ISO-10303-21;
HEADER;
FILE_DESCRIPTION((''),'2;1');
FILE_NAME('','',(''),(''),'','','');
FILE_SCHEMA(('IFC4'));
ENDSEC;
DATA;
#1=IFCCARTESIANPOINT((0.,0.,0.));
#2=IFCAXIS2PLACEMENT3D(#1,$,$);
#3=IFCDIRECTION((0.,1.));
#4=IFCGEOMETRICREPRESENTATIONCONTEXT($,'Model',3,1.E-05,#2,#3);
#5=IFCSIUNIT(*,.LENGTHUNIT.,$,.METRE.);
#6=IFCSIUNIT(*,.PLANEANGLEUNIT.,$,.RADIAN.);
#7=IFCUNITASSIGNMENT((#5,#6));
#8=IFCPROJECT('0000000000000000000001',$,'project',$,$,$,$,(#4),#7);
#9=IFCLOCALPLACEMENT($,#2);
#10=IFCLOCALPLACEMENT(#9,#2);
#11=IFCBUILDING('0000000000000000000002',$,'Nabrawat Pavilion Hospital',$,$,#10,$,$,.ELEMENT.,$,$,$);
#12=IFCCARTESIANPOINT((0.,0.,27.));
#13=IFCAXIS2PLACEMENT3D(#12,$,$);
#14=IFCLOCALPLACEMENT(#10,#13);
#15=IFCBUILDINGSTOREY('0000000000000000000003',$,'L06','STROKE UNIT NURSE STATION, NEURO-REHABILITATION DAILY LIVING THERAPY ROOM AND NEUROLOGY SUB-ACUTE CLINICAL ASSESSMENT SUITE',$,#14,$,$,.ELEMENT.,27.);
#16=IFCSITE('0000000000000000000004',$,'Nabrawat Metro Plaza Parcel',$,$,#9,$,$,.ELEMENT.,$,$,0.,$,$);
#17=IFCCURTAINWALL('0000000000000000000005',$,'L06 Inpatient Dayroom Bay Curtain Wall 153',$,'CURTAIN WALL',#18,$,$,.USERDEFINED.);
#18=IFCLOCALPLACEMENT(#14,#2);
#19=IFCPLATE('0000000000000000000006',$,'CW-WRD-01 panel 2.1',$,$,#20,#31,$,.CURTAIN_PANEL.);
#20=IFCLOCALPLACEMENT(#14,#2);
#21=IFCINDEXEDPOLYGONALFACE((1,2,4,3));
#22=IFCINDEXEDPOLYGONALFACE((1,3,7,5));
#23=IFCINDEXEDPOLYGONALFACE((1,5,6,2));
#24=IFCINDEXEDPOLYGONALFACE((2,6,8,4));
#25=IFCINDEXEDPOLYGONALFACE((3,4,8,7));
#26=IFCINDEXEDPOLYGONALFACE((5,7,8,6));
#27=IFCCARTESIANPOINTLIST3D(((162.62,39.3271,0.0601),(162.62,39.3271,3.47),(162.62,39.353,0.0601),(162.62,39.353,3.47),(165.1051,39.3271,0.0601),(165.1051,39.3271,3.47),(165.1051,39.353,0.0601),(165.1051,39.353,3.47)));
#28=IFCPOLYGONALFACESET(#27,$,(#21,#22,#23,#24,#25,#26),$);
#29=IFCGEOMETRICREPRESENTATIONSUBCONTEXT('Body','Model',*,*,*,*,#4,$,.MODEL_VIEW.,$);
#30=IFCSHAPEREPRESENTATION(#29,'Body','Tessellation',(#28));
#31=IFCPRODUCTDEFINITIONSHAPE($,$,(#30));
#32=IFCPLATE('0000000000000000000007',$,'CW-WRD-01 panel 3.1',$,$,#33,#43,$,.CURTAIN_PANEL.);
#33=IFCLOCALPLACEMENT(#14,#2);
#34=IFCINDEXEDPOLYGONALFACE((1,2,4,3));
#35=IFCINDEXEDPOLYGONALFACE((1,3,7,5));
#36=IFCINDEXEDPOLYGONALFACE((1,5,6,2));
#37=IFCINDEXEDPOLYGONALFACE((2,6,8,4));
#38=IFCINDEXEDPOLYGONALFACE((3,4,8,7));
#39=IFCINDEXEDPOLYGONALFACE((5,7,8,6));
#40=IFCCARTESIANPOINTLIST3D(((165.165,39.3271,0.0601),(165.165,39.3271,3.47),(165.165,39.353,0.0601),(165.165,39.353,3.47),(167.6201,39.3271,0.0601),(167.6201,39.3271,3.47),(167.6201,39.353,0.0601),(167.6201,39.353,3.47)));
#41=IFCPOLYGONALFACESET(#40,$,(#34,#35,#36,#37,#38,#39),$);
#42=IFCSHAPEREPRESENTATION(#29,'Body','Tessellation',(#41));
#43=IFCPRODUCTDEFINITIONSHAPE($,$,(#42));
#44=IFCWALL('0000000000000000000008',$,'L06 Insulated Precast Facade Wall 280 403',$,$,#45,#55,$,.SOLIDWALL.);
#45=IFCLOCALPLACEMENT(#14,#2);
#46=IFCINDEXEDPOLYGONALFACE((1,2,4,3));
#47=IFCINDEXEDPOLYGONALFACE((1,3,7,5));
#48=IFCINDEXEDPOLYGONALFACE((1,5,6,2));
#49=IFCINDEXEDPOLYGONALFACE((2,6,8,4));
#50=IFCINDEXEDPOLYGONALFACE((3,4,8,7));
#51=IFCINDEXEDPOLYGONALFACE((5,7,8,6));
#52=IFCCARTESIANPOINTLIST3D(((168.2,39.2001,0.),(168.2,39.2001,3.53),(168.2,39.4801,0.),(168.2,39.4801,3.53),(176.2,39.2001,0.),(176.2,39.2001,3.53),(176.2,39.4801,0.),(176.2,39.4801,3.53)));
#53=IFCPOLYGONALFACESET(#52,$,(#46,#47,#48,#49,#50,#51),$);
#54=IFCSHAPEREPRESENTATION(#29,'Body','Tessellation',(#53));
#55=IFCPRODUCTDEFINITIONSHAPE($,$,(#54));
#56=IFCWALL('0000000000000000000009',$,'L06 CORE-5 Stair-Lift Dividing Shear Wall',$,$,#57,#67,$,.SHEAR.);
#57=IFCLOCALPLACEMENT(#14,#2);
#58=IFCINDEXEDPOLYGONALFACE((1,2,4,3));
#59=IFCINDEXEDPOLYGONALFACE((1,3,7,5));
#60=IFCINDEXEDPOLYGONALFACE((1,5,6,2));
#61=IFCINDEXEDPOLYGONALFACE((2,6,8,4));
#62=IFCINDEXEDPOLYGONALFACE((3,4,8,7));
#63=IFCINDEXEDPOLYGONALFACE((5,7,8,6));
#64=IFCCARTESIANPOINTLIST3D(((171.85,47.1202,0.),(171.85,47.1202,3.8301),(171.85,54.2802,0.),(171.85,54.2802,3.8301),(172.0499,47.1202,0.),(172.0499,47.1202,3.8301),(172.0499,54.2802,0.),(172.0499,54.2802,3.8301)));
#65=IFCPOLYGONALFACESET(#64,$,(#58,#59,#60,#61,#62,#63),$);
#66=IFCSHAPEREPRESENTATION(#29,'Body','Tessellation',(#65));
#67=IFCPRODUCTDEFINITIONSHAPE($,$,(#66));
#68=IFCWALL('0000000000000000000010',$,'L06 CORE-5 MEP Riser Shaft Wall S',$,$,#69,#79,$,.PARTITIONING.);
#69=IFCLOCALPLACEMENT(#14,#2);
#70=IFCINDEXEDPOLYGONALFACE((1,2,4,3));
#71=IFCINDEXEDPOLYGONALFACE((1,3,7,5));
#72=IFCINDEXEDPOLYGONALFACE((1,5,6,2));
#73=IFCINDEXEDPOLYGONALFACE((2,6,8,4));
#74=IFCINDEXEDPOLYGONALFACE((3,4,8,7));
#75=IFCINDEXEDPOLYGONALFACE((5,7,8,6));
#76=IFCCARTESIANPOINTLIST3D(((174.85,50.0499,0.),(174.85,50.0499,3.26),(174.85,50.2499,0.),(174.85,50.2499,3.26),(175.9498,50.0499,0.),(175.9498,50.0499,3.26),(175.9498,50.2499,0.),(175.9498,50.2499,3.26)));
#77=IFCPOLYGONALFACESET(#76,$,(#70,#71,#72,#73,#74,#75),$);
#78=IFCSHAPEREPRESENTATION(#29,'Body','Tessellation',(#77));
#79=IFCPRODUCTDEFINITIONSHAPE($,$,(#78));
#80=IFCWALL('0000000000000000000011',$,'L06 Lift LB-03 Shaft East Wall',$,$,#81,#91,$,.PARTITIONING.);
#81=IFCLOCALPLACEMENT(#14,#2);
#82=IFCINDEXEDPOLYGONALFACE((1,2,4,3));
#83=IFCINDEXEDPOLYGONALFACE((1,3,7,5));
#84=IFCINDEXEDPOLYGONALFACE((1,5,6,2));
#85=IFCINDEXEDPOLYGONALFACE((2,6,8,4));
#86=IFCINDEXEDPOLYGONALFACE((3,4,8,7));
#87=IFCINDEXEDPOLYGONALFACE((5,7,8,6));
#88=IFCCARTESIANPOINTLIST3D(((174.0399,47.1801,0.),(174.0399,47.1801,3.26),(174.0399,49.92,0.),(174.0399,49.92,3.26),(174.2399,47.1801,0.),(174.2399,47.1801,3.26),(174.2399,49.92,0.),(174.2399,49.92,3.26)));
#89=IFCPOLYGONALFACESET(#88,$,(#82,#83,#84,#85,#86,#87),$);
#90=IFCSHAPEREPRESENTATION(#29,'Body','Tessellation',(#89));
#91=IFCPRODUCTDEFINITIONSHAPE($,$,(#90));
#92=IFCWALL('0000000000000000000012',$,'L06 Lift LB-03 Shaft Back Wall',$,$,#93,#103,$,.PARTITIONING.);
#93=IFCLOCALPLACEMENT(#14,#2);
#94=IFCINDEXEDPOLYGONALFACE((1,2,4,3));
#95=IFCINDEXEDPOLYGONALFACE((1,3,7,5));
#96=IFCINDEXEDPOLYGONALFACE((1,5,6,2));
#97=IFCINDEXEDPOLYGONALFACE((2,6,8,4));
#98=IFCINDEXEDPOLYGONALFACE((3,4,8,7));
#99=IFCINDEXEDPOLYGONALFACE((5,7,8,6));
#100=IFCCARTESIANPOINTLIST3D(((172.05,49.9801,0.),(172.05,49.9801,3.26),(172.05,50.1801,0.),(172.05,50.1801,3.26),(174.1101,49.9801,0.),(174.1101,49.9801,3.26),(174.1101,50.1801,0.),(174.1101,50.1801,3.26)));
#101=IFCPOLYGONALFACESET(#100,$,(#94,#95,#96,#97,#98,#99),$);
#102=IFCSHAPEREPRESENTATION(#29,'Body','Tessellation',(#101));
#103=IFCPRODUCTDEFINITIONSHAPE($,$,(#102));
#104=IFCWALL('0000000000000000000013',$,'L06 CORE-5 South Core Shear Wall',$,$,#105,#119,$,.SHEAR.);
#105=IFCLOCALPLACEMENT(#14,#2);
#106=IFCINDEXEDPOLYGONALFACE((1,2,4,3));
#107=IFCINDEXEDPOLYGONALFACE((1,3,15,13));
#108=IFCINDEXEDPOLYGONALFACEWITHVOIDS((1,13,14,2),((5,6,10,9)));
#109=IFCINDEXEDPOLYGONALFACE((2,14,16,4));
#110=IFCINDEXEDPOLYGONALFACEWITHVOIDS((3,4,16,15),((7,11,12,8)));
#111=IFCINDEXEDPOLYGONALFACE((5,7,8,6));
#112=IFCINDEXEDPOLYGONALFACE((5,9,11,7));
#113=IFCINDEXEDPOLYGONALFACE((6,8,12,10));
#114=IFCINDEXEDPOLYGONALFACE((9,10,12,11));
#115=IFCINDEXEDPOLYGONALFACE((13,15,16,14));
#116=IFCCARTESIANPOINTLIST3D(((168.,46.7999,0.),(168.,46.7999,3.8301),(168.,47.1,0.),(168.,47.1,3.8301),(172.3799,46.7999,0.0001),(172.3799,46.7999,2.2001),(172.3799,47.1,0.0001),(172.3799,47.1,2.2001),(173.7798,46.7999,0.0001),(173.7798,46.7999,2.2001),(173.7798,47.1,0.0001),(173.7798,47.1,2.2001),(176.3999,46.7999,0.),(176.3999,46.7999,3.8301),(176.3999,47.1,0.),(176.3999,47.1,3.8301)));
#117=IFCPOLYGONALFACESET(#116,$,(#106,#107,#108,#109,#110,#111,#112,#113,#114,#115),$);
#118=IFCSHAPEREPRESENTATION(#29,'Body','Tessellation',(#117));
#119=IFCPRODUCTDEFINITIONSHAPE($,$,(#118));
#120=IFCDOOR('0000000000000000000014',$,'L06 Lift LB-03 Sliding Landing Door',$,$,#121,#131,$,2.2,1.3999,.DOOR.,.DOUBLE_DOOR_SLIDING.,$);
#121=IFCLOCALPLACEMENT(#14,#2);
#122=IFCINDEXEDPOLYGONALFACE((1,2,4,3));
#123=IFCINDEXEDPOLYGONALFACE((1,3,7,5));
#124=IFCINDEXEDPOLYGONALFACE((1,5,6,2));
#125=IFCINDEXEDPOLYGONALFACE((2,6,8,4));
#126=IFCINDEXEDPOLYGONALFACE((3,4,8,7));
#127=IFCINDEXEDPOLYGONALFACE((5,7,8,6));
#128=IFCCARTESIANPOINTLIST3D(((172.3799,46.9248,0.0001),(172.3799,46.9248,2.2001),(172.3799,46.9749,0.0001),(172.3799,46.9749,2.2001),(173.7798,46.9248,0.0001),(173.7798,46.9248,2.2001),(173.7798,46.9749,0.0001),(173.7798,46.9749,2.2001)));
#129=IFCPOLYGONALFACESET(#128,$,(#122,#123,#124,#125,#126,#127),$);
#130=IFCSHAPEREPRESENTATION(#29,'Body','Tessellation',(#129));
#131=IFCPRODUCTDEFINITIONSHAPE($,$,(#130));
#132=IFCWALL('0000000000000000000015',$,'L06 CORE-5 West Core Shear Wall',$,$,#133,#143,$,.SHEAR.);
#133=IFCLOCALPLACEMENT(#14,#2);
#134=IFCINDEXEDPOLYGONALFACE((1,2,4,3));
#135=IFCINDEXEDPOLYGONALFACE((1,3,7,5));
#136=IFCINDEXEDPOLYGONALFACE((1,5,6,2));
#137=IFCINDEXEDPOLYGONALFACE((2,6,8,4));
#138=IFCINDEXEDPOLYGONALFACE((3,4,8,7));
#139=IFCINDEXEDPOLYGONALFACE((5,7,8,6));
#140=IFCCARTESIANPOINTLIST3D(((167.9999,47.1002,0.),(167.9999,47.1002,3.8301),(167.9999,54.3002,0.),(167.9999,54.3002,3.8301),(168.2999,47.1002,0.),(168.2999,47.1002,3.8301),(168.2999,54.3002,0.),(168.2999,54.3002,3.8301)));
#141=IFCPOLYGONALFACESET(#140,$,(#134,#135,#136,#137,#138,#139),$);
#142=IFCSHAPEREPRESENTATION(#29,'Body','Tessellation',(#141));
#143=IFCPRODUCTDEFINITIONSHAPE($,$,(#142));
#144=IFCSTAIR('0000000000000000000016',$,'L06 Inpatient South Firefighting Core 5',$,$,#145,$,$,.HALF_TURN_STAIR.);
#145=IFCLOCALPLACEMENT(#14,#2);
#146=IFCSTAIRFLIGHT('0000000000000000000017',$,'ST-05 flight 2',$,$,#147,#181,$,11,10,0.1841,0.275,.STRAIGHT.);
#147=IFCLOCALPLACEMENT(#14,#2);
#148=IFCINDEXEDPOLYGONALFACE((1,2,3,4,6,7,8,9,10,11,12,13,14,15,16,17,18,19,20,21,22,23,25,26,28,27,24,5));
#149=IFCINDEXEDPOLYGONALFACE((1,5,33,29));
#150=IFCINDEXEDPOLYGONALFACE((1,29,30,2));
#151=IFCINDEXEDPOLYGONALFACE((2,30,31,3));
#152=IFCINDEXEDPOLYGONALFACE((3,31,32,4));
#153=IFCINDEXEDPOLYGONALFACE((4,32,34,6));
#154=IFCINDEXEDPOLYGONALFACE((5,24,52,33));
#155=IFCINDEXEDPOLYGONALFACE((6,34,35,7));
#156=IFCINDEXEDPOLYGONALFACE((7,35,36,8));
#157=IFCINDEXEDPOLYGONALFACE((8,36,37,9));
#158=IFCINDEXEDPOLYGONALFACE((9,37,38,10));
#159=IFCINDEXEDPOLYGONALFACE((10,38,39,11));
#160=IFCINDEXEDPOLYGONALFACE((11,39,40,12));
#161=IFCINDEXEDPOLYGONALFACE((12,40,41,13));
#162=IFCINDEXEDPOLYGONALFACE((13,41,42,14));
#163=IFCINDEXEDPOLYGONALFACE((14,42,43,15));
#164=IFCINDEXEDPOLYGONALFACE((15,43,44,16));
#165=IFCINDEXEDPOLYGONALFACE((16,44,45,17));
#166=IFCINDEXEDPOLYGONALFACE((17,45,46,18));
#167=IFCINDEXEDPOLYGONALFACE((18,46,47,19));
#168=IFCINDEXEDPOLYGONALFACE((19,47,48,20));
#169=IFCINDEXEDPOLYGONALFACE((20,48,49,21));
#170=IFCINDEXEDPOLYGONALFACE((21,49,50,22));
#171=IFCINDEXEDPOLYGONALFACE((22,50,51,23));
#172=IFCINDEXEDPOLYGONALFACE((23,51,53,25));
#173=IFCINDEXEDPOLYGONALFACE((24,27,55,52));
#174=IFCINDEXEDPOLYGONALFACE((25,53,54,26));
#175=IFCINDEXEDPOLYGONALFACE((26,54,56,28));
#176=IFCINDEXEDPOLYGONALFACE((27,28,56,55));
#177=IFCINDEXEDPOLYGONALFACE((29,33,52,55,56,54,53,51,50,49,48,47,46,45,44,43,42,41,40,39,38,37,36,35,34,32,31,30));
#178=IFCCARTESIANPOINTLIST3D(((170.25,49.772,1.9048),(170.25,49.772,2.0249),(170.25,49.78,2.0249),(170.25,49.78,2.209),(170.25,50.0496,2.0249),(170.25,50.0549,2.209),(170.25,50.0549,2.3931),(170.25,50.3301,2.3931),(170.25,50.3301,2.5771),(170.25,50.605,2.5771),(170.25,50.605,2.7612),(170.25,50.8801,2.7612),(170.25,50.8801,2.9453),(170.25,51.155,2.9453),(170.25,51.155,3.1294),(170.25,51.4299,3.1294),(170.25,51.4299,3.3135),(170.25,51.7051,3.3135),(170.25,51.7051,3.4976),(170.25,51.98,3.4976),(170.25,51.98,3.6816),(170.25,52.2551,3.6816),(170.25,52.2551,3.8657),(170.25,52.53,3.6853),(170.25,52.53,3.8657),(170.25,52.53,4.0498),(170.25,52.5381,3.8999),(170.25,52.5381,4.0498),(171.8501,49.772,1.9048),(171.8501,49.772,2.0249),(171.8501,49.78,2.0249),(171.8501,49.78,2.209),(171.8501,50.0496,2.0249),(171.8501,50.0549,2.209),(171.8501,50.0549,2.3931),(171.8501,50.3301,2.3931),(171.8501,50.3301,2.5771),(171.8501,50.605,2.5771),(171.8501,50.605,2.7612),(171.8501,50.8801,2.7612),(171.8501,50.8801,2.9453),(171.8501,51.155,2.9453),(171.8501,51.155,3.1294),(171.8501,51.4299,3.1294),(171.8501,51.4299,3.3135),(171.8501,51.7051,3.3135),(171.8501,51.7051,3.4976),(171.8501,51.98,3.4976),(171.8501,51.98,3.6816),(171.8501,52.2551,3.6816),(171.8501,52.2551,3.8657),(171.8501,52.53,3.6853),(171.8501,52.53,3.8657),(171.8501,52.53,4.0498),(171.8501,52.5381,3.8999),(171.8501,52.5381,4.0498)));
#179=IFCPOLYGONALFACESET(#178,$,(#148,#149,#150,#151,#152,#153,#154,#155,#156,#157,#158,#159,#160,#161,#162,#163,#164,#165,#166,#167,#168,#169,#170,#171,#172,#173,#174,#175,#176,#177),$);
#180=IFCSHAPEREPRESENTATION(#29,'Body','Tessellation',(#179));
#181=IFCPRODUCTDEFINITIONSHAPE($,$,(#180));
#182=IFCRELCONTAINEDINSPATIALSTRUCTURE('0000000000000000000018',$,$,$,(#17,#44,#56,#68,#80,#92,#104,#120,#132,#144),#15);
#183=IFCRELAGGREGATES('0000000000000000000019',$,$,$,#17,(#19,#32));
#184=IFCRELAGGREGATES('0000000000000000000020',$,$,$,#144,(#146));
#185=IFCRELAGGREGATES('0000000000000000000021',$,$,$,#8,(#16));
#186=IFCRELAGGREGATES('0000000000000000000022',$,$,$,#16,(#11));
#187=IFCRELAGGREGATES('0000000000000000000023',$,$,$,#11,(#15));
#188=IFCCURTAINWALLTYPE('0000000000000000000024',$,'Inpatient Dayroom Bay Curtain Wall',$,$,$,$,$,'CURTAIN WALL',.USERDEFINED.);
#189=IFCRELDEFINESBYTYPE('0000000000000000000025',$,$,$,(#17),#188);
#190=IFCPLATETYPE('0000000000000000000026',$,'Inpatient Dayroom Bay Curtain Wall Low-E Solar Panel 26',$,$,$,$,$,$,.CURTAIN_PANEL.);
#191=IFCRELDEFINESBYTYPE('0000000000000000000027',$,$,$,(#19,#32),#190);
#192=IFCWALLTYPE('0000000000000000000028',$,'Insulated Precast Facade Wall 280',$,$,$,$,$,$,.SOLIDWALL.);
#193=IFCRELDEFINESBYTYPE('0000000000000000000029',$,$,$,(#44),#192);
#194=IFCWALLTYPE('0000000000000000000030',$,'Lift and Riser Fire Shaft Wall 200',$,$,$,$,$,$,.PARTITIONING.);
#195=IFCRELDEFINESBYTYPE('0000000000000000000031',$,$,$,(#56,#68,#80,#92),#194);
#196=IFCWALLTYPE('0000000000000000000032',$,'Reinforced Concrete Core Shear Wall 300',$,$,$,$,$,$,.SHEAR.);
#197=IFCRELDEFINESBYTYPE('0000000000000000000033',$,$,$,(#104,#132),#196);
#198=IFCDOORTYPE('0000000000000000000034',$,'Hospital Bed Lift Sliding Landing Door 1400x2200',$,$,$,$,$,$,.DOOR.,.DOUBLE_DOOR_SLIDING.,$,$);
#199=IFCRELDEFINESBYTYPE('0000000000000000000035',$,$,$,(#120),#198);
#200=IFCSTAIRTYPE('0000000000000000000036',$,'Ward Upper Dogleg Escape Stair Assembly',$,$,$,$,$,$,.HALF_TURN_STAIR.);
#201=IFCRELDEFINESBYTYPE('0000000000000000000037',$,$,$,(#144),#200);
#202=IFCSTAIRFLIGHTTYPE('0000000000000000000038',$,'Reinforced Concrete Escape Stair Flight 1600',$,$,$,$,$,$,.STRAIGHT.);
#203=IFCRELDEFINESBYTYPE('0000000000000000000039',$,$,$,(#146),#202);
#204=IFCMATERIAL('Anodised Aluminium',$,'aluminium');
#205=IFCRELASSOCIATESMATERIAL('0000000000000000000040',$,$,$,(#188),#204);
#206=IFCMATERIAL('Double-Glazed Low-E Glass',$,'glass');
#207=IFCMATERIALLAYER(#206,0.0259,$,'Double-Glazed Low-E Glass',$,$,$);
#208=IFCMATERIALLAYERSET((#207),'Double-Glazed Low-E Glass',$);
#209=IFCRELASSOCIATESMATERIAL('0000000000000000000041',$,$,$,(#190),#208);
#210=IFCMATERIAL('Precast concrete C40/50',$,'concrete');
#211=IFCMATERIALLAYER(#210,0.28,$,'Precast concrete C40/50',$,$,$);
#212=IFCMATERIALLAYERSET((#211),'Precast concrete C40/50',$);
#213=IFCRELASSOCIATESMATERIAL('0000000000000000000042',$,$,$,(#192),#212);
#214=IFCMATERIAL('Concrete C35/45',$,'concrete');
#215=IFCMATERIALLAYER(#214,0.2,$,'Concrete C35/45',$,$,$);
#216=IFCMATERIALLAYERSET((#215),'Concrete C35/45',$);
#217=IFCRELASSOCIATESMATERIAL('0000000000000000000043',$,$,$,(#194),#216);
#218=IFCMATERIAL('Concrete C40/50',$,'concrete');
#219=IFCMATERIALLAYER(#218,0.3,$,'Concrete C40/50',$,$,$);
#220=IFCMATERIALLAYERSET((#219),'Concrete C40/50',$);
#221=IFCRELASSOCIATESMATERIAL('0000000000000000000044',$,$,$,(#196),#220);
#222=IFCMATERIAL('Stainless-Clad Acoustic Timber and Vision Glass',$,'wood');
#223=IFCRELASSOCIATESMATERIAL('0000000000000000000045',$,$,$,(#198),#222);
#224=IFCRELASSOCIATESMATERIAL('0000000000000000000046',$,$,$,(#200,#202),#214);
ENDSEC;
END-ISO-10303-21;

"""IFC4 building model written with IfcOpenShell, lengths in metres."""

from ifc_helpers import new_model, si_unit, direction, frame, frame_2d, origin, origin_2d, place, context, subcontext, project, spatial, polyline, rectangle, outline, extrude, material, layer, layer_set, type_object, element, fill, aggregate, save


model = new_model("IFC4")

# Units and contexts
model_context = context("Model", 3, precision=1e-05, world=origin(), true_north=direction((0.0, 1.0)))
body_context = subcontext(model_context, "Body", "Model", "MODEL_VIEW")
ifc_project = project(units=[si_unit("LENGTHUNIT", "METRE"), si_unit("PLANEANGLEUNIT", "RADIAN")], contexts=[model_context])

# Site, building, storey
site_placement = place(None, origin())
site = spatial("IfcSite", under=ifc_project, at=site_placement, Name="Nabrawat Metro Plaza Parcel", CompositionType="ELEMENT", RefElevation=0.0)
building_placement = place(site_placement, origin())
building = spatial("IfcBuilding", under=site, at=building_placement, Name="Nabrawat Pavilion Hospital", CompositionType="ELEMENT")
storey_placement = place(building_placement, frame((0.0, 0.0, 27.0)))
storey = spatial("IfcBuildingStorey", under=building, at=storey_placement, Name="L06", Description="STROKE UNIT NURSE STATION, NEURO-REHABILITATION DAILY LIVING THERAPY ROOM AND NEUROLOGY SUB-ACUTE CLINICAL ASSESSMENT SUITE", CompositionType="ELEMENT", Elevation=27.0)

# Curtain wall
ifc_material_1 = material(Name="Anodised Aluminium", Category="aluminium")
curtain_wall_type = type_object("IfcCurtainWallType", Name="Inpatient Dayroom Bay Curtain Wall", ElementType="CURTAIN WALL", PredefinedType="USERDEFINED", material=ifc_material_1)
curtain_wall_placement = place(storey_placement, origin())
curtain_wall = element("IfcCurtainWall", 1, at=curtain_wall_placement, inside=storey, type_object=curtain_wall_type, Name="L06 Inpatient Dayroom Bay Curtain Wall 153", ObjectType="CURTAIN WALL", PredefinedType="USERDEFINED")

# Plates
ifc_material_2 = material(Name="Double-Glazed Low-E Glass", Category="glass")
ifc_layer_1 = layer(ifc_material_2, 0.0259, Name="Double-Glazed Low-E Glass")
ifc_layer_set_1 = layer_set([ifc_layer_1], Name="Double-Glazed Low-E Glass")
plate_type = type_object("IfcPlateType", Name="Inpatient Dayroom Bay Curtain Wall Low-E Solar Panel 26", PredefinedType="CURTAIN_PANEL", material=ifc_layer_set_1)
plate_1_placement = place(storey_placement, frame((163.8625, 39.3401, 0.0601), z_axis=(0.0, 0.0, 1.0), x_axis=(1.0, 0.0, 0.0)))
plate_1 = element("IfcPlate", 2, at=plate_1_placement, type_object=plate_type, Name="CW-WRD-01 panel 2.1", PredefinedType="CURTAIN_PANEL", context=body_context, shape_type="SweptSolid", body=[
    extrude(rectangle(XDim=2.4851, YDim=0.0259, at=origin_2d()), origin(), (0.0, 0.0, 1.0), 3.4099),
])
plate_2_placement = place(storey_placement, frame((166.3926, 39.3401, 0.0601), z_axis=(0.0, 0.0, 1.0), x_axis=(1.0, 0.0, 0.0)))
plate_2 = element("IfcPlate", 3, at=plate_2_placement, type_object=plate_type, Name="CW-WRD-01 panel 3.1", PredefinedType="CURTAIN_PANEL", context=body_context, shape_type="SweptSolid", body=[
    extrude(rectangle(XDim=2.4551, YDim=0.0259, at=origin_2d()), origin(), (0.0, 0.0, 1.0), 3.4099),
])
aggregate(curtain_wall, [plate_1, plate_2])

# Shared definitions
ifc_material_3 = material(Name="Stainless-Clad Acoustic Timber and Vision Glass", Category="wood")

# Walls
ifc_material_4 = material(Name="Precast concrete C40/50", Category="concrete")
ifc_layer_2 = layer(ifc_material_4, 0.28, Name="Precast concrete C40/50")
ifc_layer_set_2 = layer_set([ifc_layer_2], Name="Precast concrete C40/50")
wall_type_1 = type_object("IfcWallType", Name="Insulated Precast Facade Wall 280", PredefinedType="SOLIDWALL", material=ifc_layer_set_2)
wall_1_placement = place(storey_placement, frame((168.2, 39.3401, 0.0), z_axis=(0.0, 0.0, 1.0), x_axis=(1.0, 0.0, 0.0)))
element("IfcWall", 4, at=wall_1_placement, inside=storey, type_object=wall_type_1, Name="L06 Insulated Precast Facade Wall 280 403", PredefinedType="SOLIDWALL", context=body_context, shape_type="SweptSolid", body=[
    extrude(rectangle(XDim=8.0, YDim=0.28, at=frame_2d((4.0, 0.0))), origin(), (0.0, 0.0, 1.0), 3.53),
])
ifc_material_5 = material(Name="Concrete C35/45", Category="concrete")
ifc_layer_3 = layer(ifc_material_5, 0.2, Name="Concrete C35/45")
ifc_layer_set_3 = layer_set([ifc_layer_3], Name="Concrete C35/45")
wall_type_2 = type_object("IfcWallType", Name="Lift and Riser Fire Shaft Wall 200", PredefinedType="PARTITIONING", material=ifc_layer_set_3)
wall_2_placement = place(storey_placement, frame((171.95, 47.1201, 0.0), z_axis=(0.0, 0.0, 1.0), x_axis=(0.0, 1.0, 0.0)))
element("IfcWall", 5, at=wall_2_placement, inside=storey, type_object=wall_type_2, Name="L06 CORE-5 Stair-Lift Dividing Shear Wall", PredefinedType="SHEAR", context=body_context, shape_type="SweptSolid", body=[
    extrude(rectangle(XDim=7.1599, YDim=0.2, at=frame_2d((3.5801, 0.0))), origin(), (0.0, 0.0, 1.0), 3.8301),
])
wall_3_placement = place(storey_placement, frame((174.8501, 50.1499, 0.0), z_axis=(0.0, 0.0, 1.0), x_axis=(1.0, 0.0, 0.0)))
element("IfcWall", 6, at=wall_3_placement, inside=storey, type_object=wall_type_2, Name="L06 CORE-5 MEP Riser Shaft Wall S", PredefinedType="PARTITIONING", context=body_context, shape_type="SweptSolid", body=[
    extrude(rectangle(XDim=1.0999, YDim=0.2, at=frame_2d((0.5498, 0.0))), origin(), (0.0, 0.0, 1.0), 3.26),
])
wall_4_placement = place(storey_placement, frame((174.1399, 47.1799, 0.0), z_axis=(0.0, 0.0, 1.0), x_axis=(0.0, 1.0, 0.0)))
element("IfcWall", 7, at=wall_4_placement, inside=storey, type_object=wall_type_2, Name="L06 Lift LB-03 Shaft East Wall", PredefinedType="PARTITIONING", context=body_context, shape_type="SweptSolid", body=[
    extrude(rectangle(XDim=2.74, YDim=0.2, at=frame_2d((1.3701, 0.0))), origin(), (0.0, 0.0, 1.0), 3.26),
])
wall_5_placement = place(storey_placement, frame((172.05, 50.0801, 0.0), z_axis=(0.0, 0.0, 1.0), x_axis=(1.0, 0.0, 0.0)))
element("IfcWall", 8, at=wall_5_placement, inside=storey, type_object=wall_type_2, Name="L06 Lift LB-03 Shaft Back Wall", PredefinedType="PARTITIONING", context=body_context, shape_type="SweptSolid", body=[
    extrude(rectangle(XDim=2.0601, YDim=0.2, at=frame_2d((1.03, 0.0))), origin(), (0.0, 0.0, 1.0), 3.26),
])

# Wall, opening, door
ifc_material_6 = material(Name="Concrete C40/50", Category="concrete")
ifc_layer_4 = layer(ifc_material_6, 0.3, Name="Concrete C40/50")
ifc_layer_set_4 = layer_set([ifc_layer_4], Name="Concrete C40/50")
wall_type_3 = type_object("IfcWallType", Name="Reinforced Concrete Core Shear Wall 300", PredefinedType="SHEAR", material=ifc_layer_set_4)
wall_6_placement = place(storey_placement, frame((168.0, 46.95, 0.0), z_axis=(0.0, 0.0, 1.0), x_axis=(1.0, 0.0, 0.0)))
wall_6 = element("IfcWall", 9, at=wall_6_placement, inside=storey, type_object=wall_type_3, Name="L06 CORE-5 South Core Shear Wall", PredefinedType="SHEAR", context=body_context, shape_type="SweptSolid", body=[
    extrude(rectangle(XDim=8.3999, YDim=0.3, at=frame_2d((4.2, 0.0))), origin(), (0.0, 0.0, 1.0), 3.8301),
])
opening_1_placement = place(wall_6_placement, frame((4.3799, 0.0, 0.0)))
opening_1 = element("IfcOpeningElement", 10, at=opening_1_placement, cuts=wall_6, PredefinedType="OPENING", context=body_context, shape_type="SweptSolid", body=[
    extrude(rectangle(XDim=1.3999, YDim=2.2, at=frame_2d((0.7, 1.1001))), frame((0.0, 0.1602, 0.0), z_axis=(0.0, -1.0, 0.0), x_axis=(1.0, 0.0, 0.0)), (0.0, 0.0, 1.0), 0.3201),
])
door_type_1 = type_object("IfcDoorType", Name="Hospital Bed Lift Sliding Landing Door 1400x2200", OperationType="DOUBLE_DOOR_SLIDING", PredefinedType="DOOR", material=ifc_material_3)
door_1_placement = place(opening_1_placement, origin())
door_1 = element("IfcDoor", 11, at=door_1_placement, inside=storey, type_object=door_type_1, Name="L06 Lift LB-03 Sliding Landing Door", OperationType="DOUBLE_DOOR_SLIDING", OverallHeight=2.2, OverallWidth=1.3999, PredefinedType="DOOR", context=body_context, shape_type="SweptSolid", body=[
    extrude(rectangle(XDim=1.3999, YDim=2.2, at=frame_2d((0.7, 1.1001))), frame((0.0, 0.0249, 0.0), z_axis=(0.0, -1.0, 0.0), x_axis=(1.0, 0.0, 0.0)), (0.0, 0.0, 1.0), 0.05),
])
fill(opening_1, door_1)

# Wall
wall_7_placement = place(storey_placement, frame((168.1499, 47.1001, 0.0), z_axis=(0.0, 0.0, 1.0), x_axis=(0.0, 1.0, 0.0)))
element("IfcWall", 12, at=wall_7_placement, inside=storey, type_object=wall_type_3, Name="L06 CORE-5 West Core Shear Wall", PredefinedType="SHEAR", context=body_context, shape_type="SweptSolid", body=[
    extrude(rectangle(XDim=7.2, YDim=0.3, at=frame_2d((3.6001, 0.0))), origin(), (0.0, 0.0, 1.0), 3.8301),
])

# Stair, stair flight
stair_type = type_object("IfcStairType", Name="Ward Upper Dogleg Escape Stair Assembly", PredefinedType="HALF_TURN_STAIR", material=ifc_material_5)
stair_placement = place(storey_placement, origin())
stair = element("IfcStair", 13, at=stair_placement, inside=storey, type_object=stair_type, Name="L06 Inpatient South Firefighting Core 5", PredefinedType="HALF_TURN_STAIR")
stair_flight_type = type_object("IfcStairFlightType", Name="Reinforced Concrete Escape Stair Flight 1600", PredefinedType="STRAIGHT", material=ifc_material_5)
stair_flight_placement = place(storey_placement, frame((171.05, 49.78, 2.0249), z_axis=(0.0, 0.0, 1.0), x_axis=(0.0, 1.0, 0.0)))
stair_flight = element("IfcStairFlight", 14, at=stair_flight_placement, type_object=stair_flight_type, Name="ST-05 flight 2", NumberOfRisers=11, NumberOfTreads=10, PredefinedType="STRAIGHT", RiserHeight=0.1841, TreadLength=0.275, context=body_context, shape_type="SweptSolid", body=[
    extrude(outline(polyline([(-0.0081, 0.0), (0.0, 0.0), (0.0, 0.1841), (0.2749, 0.1841), (0.2749, 0.3682), (0.55, 0.3682), (0.55, 0.5522), (0.825, 0.5522), (0.825, 0.7363), (1.1001, 0.7363), (1.1001, 0.9204), (1.375, 0.9204), (1.375, 1.1045), (1.6499, 1.1045), (1.6499, 1.2886), (1.925, 1.2886), (1.925, 1.4727), (2.2, 1.4727), (2.2, 1.6567), (2.4751, 1.6567), (2.4751, 1.8408), (2.75, 1.8408), (2.75, 2.0249), (2.7581, 2.0249), (2.7581, 1.875), (2.75, 1.6604), (0.2695, 0.0), (-0.0081, -0.1201), (-0.0081, 0.0)])), frame((0.0, 0.8, 0.0), z_axis=(0.0, -1.0, 0.0), x_axis=(1.0, 0.0, 0.0)), (0.0, 0.0, 1.0), 1.6001),
])
aggregate(stair, [stair_flight])

save(model, "model.ifc")
